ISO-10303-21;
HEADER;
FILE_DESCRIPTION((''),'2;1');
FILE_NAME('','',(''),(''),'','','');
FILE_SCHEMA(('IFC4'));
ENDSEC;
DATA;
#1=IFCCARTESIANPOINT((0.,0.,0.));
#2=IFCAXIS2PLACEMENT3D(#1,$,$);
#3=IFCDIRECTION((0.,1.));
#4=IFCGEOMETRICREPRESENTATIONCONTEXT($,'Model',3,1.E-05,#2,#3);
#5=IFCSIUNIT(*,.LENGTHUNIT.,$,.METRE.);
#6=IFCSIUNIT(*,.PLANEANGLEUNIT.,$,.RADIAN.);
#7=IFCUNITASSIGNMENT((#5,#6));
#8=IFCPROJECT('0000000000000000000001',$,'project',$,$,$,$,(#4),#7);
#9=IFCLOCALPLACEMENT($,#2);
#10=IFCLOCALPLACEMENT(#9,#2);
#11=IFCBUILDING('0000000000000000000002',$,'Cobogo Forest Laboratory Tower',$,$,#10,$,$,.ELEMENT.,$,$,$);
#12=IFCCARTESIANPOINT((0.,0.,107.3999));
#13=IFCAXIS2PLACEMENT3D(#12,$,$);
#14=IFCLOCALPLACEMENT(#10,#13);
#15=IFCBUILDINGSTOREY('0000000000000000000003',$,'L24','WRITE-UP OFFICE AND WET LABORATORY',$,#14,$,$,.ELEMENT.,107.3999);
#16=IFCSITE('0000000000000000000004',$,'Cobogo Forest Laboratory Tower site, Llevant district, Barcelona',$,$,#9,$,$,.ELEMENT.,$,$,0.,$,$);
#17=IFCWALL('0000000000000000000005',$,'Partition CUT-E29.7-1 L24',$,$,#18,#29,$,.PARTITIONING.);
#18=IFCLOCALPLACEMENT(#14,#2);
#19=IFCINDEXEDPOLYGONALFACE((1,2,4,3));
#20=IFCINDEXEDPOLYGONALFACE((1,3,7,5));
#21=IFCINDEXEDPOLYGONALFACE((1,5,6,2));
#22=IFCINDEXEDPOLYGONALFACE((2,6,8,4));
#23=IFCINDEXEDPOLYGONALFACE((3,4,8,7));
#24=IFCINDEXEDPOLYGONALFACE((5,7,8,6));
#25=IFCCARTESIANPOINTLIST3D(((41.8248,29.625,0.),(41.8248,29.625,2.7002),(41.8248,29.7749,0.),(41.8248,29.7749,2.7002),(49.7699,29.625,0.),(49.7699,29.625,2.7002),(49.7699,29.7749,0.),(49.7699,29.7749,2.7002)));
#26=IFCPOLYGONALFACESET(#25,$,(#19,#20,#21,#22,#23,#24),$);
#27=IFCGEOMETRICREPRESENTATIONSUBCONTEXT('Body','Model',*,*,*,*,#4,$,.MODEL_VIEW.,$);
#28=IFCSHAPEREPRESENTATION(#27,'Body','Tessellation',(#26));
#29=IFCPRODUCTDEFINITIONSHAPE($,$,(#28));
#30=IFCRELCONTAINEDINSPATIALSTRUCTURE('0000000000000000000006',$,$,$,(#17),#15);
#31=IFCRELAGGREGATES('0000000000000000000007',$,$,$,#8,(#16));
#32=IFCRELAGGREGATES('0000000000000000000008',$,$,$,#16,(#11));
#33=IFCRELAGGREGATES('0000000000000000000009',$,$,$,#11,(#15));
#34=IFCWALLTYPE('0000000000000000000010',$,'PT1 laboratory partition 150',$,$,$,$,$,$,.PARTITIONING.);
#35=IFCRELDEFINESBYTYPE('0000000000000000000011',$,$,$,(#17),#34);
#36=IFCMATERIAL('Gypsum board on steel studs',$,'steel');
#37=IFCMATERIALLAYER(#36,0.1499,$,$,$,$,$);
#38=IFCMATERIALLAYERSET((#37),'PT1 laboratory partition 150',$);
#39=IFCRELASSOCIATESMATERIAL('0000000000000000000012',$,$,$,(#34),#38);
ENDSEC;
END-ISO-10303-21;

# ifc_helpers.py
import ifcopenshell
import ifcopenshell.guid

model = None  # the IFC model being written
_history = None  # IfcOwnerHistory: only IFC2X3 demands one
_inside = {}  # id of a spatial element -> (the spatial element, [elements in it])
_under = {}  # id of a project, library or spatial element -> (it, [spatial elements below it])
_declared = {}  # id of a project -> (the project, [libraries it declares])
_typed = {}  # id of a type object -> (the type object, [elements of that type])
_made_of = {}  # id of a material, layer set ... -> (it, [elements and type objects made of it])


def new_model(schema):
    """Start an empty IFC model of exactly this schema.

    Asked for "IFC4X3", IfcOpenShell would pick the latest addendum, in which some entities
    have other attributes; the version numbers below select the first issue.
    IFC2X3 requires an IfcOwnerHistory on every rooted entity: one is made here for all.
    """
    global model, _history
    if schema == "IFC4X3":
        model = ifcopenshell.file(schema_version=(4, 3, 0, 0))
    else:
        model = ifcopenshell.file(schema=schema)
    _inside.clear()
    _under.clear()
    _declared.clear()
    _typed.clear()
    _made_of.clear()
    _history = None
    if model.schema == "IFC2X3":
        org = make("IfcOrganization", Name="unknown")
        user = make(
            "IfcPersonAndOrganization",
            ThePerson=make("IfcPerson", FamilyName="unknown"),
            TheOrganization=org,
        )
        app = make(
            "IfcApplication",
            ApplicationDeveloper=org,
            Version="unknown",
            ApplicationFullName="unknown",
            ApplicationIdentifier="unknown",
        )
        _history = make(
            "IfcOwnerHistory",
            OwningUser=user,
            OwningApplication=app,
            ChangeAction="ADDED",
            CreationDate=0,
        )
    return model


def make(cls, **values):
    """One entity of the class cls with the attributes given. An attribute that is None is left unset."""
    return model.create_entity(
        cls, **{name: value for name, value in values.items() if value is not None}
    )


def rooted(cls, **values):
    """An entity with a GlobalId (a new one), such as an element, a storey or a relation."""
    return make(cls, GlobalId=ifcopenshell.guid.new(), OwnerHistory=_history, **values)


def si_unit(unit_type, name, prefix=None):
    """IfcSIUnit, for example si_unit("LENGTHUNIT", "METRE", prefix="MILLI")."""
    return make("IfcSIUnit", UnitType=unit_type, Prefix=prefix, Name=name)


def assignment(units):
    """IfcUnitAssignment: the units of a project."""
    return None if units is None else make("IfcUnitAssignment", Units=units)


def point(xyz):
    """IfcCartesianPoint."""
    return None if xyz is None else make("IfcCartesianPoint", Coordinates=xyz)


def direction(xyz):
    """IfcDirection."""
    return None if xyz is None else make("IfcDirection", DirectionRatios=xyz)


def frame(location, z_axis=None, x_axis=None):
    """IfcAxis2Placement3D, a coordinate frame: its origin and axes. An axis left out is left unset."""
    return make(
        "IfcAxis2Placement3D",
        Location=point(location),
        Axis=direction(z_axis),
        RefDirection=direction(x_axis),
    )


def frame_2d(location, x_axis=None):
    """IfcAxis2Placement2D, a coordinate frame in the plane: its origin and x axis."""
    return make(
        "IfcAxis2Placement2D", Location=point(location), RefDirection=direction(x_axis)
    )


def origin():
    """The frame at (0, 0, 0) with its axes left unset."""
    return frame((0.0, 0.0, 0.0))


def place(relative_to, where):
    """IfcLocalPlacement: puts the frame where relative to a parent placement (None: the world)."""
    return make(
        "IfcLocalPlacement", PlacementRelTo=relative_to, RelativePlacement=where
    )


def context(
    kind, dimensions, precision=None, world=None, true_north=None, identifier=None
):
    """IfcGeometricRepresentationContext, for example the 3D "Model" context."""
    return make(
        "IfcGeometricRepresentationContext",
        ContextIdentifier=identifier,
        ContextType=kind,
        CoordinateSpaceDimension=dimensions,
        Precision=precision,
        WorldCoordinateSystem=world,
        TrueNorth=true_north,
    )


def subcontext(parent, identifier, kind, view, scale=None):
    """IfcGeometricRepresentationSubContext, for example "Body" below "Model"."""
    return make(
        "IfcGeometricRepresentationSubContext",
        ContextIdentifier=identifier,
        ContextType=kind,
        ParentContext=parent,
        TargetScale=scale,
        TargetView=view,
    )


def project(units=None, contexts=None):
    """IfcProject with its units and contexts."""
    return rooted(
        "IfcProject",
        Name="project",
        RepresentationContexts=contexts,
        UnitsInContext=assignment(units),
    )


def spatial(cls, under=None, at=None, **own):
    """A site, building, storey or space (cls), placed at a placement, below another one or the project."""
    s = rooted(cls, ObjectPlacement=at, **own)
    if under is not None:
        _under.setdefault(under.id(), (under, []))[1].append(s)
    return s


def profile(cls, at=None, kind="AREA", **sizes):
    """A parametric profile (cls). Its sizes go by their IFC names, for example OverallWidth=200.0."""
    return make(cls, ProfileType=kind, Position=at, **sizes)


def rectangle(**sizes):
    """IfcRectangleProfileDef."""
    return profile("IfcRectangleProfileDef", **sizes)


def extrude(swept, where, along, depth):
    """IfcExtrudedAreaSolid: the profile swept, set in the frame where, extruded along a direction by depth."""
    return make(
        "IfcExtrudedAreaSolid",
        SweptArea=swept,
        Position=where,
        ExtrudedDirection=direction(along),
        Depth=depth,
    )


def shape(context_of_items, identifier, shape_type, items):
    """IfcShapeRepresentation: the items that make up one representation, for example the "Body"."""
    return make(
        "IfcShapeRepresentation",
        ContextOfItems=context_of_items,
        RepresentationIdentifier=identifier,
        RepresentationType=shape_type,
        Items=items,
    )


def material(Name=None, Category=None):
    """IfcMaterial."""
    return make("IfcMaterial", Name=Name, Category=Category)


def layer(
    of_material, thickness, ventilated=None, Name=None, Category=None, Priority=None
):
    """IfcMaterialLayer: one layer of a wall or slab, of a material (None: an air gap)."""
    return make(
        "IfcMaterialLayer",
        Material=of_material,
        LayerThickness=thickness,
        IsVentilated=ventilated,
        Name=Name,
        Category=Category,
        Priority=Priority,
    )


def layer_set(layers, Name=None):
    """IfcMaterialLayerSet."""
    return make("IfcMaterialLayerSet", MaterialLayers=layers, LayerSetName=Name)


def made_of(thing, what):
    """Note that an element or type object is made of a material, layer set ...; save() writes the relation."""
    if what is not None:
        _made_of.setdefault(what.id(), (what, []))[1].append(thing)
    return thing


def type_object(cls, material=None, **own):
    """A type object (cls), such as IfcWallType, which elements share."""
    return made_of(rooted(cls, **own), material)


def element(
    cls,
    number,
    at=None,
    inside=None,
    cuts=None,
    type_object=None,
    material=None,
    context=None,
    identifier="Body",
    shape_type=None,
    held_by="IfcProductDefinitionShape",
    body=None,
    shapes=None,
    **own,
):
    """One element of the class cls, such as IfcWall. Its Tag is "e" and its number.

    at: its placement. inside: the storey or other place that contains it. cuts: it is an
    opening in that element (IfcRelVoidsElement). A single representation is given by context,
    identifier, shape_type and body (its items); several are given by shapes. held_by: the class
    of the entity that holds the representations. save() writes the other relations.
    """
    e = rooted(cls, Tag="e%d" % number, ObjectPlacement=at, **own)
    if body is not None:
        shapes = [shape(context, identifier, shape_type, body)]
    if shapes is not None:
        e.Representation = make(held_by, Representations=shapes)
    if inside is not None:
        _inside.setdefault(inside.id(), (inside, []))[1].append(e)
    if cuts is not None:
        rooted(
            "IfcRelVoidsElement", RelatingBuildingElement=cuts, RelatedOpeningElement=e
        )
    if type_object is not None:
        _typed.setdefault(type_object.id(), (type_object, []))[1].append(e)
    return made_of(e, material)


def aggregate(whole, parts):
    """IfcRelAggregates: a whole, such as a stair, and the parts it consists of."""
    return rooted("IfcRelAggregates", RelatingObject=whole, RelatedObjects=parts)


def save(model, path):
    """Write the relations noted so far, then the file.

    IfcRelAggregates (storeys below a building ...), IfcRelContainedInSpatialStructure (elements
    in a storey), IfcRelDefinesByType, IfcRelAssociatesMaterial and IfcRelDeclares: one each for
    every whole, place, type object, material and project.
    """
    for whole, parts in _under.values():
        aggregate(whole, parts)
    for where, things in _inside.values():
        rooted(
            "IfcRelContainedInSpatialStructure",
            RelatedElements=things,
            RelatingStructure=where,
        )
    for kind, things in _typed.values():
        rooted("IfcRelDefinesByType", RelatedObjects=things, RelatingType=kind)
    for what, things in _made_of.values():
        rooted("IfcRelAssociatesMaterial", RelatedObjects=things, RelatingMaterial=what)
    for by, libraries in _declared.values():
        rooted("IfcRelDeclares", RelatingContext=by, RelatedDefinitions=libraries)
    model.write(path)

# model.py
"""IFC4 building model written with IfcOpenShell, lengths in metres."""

from ifc_helpers import new_model, si_unit, direction, frame, frame_2d, origin, place, context, subcontext, project, spatial, rectangle, extrude, material, layer, layer_set, type_object, element, save


model = new_model("IFC4")

# Units and contexts
model_context = context("Model", 3, precision=1e-05, world=origin(), true_north=direction((0.0, 1.0)))
body_context = subcontext(model_context, "Body", "Model", "MODEL_VIEW")
ifc_project = project(units=[si_unit("LENGTHUNIT", "METRE"), si_unit("PLANEANGLEUNIT", "RADIAN")], contexts=[model_context])

# Site, building, storey
site_placement = place(None, origin())
site = spatial("IfcSite", under=ifc_project, at=site_placement, Name="Cobogo Forest Laboratory Tower site, Llevant district, Barcelona", CompositionType="ELEMENT", RefElevation=0.0)
building_placement = place(site_placement, origin())
building = spatial("IfcBuilding", under=site, at=building_placement, Name="Cobogo Forest Laboratory Tower", CompositionType="ELEMENT")
storey_placement = place(building_placement, frame((0.0, 0.0, 107.3999)))
storey = spatial("IfcBuildingStorey", under=building, at=storey_placement, Name="L24", Description="WRITE-UP OFFICE AND WET LABORATORY", CompositionType="ELEMENT", Elevation=107.3999)

# Wall
ifc_material_1 = material(Name="Gypsum board on steel studs", Category="steel")
ifc_layer_1 = layer(ifc_material_1, 0.1499)
ifc_layer_set_1 = layer_set([ifc_layer_1], Name="PT1 laboratory partition 150")
wall_type = type_object("IfcWallType", Name="PT1 laboratory partition 150", PredefinedType="PARTITIONING", material=ifc_layer_set_1)
wall_1_placement = place(storey_placement, frame((49.77, 29.7, 0.0), z_axis=(0.0, 0.0, 1.0), x_axis=(-1.0, 0.0, 0.0)))
element("IfcWall", 1, at=wall_1_placement, inside=storey, type_object=wall_type, Name="Partition CUT-E29.7-1 L24", PredefinedType="PARTITIONING", context=body_context, shape_type="SweptSolid", body=[
    extrude(rectangle(XDim=7.9451, YDim=0.1499, at=frame_2d((3.9727, 0.0))), origin(), (0.0, 0.0, 1.0), 2.7002),
])

save(model, "model.ifc")
